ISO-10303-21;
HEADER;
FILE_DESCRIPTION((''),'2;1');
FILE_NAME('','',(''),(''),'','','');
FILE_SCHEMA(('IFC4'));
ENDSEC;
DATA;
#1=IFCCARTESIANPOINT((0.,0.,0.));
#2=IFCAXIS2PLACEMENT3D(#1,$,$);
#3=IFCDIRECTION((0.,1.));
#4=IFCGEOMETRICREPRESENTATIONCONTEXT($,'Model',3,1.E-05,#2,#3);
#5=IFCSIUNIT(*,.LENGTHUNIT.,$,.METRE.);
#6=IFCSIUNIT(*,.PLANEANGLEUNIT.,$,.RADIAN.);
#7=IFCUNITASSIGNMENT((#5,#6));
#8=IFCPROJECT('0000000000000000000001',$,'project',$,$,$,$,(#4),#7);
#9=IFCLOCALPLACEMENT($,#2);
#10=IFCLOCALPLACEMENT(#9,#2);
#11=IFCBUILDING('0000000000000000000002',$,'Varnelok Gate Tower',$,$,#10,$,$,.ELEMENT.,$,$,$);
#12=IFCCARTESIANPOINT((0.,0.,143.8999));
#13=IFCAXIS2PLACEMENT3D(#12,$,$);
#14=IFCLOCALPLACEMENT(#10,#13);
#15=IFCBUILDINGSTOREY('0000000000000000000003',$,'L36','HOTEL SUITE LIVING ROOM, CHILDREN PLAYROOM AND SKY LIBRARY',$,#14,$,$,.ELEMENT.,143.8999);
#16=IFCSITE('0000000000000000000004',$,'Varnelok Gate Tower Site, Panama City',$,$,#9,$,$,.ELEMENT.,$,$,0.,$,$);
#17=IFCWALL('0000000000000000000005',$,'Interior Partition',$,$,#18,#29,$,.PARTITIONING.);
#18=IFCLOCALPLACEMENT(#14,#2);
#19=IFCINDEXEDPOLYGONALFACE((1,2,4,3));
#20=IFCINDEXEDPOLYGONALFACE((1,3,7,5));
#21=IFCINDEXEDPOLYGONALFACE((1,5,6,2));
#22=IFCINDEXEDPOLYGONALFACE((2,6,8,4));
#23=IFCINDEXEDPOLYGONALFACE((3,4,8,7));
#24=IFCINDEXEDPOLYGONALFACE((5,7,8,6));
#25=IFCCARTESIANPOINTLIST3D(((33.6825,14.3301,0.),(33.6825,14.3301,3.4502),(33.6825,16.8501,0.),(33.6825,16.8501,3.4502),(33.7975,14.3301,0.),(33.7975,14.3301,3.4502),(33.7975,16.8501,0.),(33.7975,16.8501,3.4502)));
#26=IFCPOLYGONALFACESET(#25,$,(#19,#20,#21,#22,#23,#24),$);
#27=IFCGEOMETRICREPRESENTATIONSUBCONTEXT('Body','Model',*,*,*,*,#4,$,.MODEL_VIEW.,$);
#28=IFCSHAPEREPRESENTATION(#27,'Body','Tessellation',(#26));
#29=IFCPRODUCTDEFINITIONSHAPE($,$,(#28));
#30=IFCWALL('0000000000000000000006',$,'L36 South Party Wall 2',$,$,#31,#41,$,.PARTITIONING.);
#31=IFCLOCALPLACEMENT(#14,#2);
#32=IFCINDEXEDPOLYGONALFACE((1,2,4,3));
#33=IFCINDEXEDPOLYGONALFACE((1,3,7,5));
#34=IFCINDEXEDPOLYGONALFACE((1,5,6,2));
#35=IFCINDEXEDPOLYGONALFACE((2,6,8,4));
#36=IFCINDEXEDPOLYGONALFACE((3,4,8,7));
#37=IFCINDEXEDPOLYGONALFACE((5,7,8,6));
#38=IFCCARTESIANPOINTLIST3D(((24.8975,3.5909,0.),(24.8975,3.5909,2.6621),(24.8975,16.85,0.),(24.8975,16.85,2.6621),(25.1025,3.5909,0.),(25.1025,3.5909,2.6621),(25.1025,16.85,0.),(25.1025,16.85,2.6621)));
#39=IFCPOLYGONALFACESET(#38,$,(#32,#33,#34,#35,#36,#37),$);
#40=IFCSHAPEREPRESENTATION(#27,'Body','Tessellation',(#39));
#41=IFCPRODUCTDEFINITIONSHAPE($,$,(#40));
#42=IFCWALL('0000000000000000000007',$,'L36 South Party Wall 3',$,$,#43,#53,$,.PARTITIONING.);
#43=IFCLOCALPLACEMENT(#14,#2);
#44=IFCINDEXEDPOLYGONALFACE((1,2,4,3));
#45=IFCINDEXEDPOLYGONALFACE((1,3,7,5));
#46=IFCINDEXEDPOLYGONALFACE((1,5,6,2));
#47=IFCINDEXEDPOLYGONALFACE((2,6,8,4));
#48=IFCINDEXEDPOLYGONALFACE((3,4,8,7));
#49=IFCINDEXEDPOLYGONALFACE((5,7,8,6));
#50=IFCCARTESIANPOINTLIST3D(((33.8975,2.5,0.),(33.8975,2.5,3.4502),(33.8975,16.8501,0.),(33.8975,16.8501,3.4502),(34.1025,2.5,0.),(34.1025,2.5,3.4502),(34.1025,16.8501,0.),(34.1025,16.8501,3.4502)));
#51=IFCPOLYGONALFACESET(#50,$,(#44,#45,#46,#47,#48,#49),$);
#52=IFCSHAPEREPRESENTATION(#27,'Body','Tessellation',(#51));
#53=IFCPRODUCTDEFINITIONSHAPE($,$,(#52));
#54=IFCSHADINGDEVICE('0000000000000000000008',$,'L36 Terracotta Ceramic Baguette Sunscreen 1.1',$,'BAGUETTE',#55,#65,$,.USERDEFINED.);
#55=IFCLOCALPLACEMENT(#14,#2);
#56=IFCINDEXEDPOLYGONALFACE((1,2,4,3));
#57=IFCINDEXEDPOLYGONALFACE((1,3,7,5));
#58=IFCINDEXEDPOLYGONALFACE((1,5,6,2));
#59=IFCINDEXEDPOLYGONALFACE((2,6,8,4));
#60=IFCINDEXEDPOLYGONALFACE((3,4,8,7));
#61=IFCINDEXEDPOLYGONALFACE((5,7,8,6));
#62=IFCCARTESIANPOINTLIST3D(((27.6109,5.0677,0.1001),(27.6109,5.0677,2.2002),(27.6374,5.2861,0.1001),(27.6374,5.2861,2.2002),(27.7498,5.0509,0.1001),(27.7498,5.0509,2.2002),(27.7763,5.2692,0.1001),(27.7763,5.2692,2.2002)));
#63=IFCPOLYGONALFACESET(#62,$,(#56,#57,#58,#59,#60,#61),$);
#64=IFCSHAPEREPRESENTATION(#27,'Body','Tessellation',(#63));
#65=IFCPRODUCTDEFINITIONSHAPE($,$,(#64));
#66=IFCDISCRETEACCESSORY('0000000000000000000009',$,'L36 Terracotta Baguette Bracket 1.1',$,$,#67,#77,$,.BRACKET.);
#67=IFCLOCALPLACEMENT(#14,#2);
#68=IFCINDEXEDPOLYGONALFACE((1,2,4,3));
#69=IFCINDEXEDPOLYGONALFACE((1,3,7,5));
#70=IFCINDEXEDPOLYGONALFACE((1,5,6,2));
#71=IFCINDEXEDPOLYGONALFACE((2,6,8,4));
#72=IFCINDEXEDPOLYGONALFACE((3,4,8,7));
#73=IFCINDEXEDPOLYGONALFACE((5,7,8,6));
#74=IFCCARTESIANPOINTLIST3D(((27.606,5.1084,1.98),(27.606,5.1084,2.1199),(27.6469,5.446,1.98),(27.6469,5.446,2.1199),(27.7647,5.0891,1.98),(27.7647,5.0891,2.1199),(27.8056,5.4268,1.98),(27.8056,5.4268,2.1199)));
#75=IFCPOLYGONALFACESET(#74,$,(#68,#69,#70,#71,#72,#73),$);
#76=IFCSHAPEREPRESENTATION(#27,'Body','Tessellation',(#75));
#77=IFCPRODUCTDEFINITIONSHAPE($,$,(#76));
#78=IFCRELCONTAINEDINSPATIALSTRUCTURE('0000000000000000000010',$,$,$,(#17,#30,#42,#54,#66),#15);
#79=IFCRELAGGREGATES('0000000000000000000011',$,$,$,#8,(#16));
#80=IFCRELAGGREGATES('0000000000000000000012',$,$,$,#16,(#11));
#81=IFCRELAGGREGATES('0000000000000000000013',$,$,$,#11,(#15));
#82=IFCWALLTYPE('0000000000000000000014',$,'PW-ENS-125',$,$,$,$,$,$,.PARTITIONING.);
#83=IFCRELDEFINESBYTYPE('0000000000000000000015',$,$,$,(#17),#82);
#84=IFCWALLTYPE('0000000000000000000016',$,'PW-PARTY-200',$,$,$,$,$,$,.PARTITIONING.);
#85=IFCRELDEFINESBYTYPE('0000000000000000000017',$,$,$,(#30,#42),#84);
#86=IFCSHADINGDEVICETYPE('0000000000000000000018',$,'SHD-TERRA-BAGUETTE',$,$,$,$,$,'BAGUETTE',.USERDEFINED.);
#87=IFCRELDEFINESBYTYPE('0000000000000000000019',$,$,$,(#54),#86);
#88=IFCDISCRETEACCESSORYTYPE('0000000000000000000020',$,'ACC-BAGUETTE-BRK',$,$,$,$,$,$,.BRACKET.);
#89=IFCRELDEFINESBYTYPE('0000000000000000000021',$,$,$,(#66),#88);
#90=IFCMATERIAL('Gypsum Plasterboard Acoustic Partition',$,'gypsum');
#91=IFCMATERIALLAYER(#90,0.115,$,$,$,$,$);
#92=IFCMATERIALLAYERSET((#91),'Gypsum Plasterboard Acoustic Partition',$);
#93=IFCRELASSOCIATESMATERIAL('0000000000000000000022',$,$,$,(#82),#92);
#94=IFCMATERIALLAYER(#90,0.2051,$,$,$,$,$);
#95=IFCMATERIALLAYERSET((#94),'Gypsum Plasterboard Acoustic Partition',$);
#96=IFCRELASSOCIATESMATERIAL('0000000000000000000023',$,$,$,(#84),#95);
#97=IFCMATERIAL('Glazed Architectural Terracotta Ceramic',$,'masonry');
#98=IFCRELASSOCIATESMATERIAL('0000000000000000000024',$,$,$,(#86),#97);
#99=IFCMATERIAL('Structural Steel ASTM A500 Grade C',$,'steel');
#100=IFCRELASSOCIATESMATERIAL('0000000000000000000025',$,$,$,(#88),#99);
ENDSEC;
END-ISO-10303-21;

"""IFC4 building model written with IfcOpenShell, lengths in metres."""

from ifc_helpers import new_model, si_unit, direction, frame, frame_2d, origin, origin_2d, place, context, subcontext, project, spatial, rectangle, extrude, source, transform, mapped, material, layer, layer_set, type_object, element, save


model = new_model("IFC4")

# Units and contexts
model_context = context("Model", 3, precision=1e-05, world=origin(), true_north=direction((0.0, 1.0)))
body_context = subcontext(model_context, "Body", "Model", "MODEL_VIEW")
ifc_project = project(units=[si_unit("LENGTHUNIT", "METRE"), si_unit("PLANEANGLEUNIT", "RADIAN")], contexts=[model_context])

# Site, building, storey
site_placement = place(None, origin())
site = spatial("IfcSite", under=ifc_project, at=site_placement, Name="Varnelok Gate Tower Site, Panama City", CompositionType="ELEMENT", RefElevation=0.0)
building_placement = place(site_placement, origin())
building = spatial("IfcBuilding", under=site, at=building_placement, Name="Varnelok Gate Tower", CompositionType="ELEMENT")
storey_placement = place(building_placement, frame((0.0, 0.0, 143.8999)))
storey = spatial("IfcBuildingStorey", under=building, at=storey_placement, Name="L36", Description="HOTEL SUITE LIVING ROOM, CHILDREN PLAYROOM AND SKY LIBRARY", CompositionType="ELEMENT", Elevation=143.8999)

# Shared definitions
ifc_material_1 = material(Name="Gypsum Plasterboard Acoustic Partition", Category="gypsum")

# Shared definitions
ifc_layer_1 = layer(ifc_material_1, 0.115)
ifc_layer_set_1 = layer_set([ifc_layer_1], Name="Gypsum Plasterboard Acoustic Partition")
wall_type_1 = type_object("IfcWallType", Name="PW-ENS-125", PredefinedType="PARTITIONING", material=ifc_layer_set_1)

# Walls
wall_1_placement = place(storey_placement, frame((33.74, 14.3301, 0.0), z_axis=(0.0, 0.0, 1.0), x_axis=(0.0, 1.0, 0.0)))
element("IfcWall", 1, at=wall_1_placement, inside=storey, type_object=wall_type_1, Name="Interior Partition", PredefinedType="PARTITIONING", context=body_context, shape_type="SweptSolid", body=[
    extrude(rectangle(XDim=2.52, YDim=0.115, at=frame_2d((1.26, 0.0))), origin(), (0.0, 0.0, 1.0), 3.4502),
])
ifc_layer_2 = layer(ifc_material_1, 0.2051)
ifc_layer_set_2 = layer_set([ifc_layer_2], Name="Gypsum Plasterboard Acoustic Partition")
wall_type_2 = type_object("IfcWallType", Name="PW-PARTY-200", PredefinedType="PARTITIONING", material=ifc_layer_set_2)
wall_2_placement = place(storey_placement, frame((25.0, 3.5911, 0.0), z_axis=(0.0, 0.0, 1.0), x_axis=(0.0, 1.0, 0.0)))
element("IfcWall", 2, at=wall_2_placement, inside=storey, type_object=wall_type_2, Name="L36 South Party Wall 2", PredefinedType="PARTITIONING", context=body_context, shape_type="SweptSolid", body=[
    extrude(rectangle(XDim=13.259, YDim=0.2051, at=frame_2d((6.6294, 0.0))), origin(), (0.0, 0.0, 1.0), 2.6621),
])
wall_3_placement = place(storey_placement, frame((34.0, 2.5, 0.0), z_axis=(0.0, 0.0, 1.0), x_axis=(0.0, 1.0, 0.0)))
element("IfcWall", 3, at=wall_3_placement, inside=storey, type_object=wall_type_2, Name="L36 South Party Wall 3", PredefinedType="PARTITIONING", context=body_context, shape_type="SweptSolid", body=[
    extrude(rectangle(XDim=14.3501, YDim=0.2051, at=frame_2d((7.175, 0.0))), origin(), (0.0, 0.0, 1.0), 3.4502),
])

# Shading device
ifc_material_2 = material(Name="Glazed Architectural Terracotta Ceramic", Category="masonry")
shading_device_type = type_object("IfcShadingDeviceType", Name="SHD-TERRA-BAGUETTE", ElementType="BAGUETTE", PredefinedType="USERDEFINED", material=ifc_material_2)
shared_shape_1 = source(origin(), body_context, "Body", "SweptSolid", [
    extrude(rectangle(XDim=0.1399, YDim=0.22, at=origin_2d()), origin(), (0.0, 0.0, 1.0), 2.1001),
])
shading_device_placement = place(storey_placement, frame((27.6936, 5.1685, 0.1001), z_axis=(0.0, 0.0, 1.0), x_axis=(0.992732, -0.120345, 0.0)))
element("IfcShadingDevice", 4, at=shading_device_placement, inside=storey, type_object=shading_device_type, Name="L36 Terracotta Ceramic Baguette Sunscreen 1.1", ObjectType="BAGUETTE", PredefinedType="USERDEFINED", context=body_context, shape_type="MappedRepresentation", body=[
    mapped(shared_shape_1, transform((0.0, 0.0, 0.0), scale=1.0)),
])

# Discrete accessory
ifc_material_3 = material(Name="Structural Steel ASTM A500 Grade C", Category="steel")
discrete_accessory_type = type_object("IfcDiscreteAccessoryType", Name="ACC-BAGUETTE-BRK", PredefinedType="BRACKET", material=ifc_material_3)
shared_shape_2 = source(origin(), body_context, "Body", "SweptSolid", [
    extrude(rectangle(XDim=0.1599, YDim=0.3401, at=origin_2d()), origin(), (0.0, 0.0, 1.0), 0.1399),
])
discrete_accessory_placement = place(storey_placement, frame((27.7058, 5.2676, 1.98), z_axis=(0.0, 0.0, 1.0), x_axis=(0.992732, -0.120345, 0.0)))
element("IfcDiscreteAccessory", 5, at=discrete_accessory_placement, inside=storey, type_object=discrete_accessory_type, Name="L36 Terracotta Baguette Bracket 1.1", PredefinedType="BRACKET", context=body_context, shape_type="MappedRepresentation", body=[
    mapped(shared_shape_2, transform((0.0, 0.0, 0.0), scale=1.0)),
])

save(model, "model.ifc")
